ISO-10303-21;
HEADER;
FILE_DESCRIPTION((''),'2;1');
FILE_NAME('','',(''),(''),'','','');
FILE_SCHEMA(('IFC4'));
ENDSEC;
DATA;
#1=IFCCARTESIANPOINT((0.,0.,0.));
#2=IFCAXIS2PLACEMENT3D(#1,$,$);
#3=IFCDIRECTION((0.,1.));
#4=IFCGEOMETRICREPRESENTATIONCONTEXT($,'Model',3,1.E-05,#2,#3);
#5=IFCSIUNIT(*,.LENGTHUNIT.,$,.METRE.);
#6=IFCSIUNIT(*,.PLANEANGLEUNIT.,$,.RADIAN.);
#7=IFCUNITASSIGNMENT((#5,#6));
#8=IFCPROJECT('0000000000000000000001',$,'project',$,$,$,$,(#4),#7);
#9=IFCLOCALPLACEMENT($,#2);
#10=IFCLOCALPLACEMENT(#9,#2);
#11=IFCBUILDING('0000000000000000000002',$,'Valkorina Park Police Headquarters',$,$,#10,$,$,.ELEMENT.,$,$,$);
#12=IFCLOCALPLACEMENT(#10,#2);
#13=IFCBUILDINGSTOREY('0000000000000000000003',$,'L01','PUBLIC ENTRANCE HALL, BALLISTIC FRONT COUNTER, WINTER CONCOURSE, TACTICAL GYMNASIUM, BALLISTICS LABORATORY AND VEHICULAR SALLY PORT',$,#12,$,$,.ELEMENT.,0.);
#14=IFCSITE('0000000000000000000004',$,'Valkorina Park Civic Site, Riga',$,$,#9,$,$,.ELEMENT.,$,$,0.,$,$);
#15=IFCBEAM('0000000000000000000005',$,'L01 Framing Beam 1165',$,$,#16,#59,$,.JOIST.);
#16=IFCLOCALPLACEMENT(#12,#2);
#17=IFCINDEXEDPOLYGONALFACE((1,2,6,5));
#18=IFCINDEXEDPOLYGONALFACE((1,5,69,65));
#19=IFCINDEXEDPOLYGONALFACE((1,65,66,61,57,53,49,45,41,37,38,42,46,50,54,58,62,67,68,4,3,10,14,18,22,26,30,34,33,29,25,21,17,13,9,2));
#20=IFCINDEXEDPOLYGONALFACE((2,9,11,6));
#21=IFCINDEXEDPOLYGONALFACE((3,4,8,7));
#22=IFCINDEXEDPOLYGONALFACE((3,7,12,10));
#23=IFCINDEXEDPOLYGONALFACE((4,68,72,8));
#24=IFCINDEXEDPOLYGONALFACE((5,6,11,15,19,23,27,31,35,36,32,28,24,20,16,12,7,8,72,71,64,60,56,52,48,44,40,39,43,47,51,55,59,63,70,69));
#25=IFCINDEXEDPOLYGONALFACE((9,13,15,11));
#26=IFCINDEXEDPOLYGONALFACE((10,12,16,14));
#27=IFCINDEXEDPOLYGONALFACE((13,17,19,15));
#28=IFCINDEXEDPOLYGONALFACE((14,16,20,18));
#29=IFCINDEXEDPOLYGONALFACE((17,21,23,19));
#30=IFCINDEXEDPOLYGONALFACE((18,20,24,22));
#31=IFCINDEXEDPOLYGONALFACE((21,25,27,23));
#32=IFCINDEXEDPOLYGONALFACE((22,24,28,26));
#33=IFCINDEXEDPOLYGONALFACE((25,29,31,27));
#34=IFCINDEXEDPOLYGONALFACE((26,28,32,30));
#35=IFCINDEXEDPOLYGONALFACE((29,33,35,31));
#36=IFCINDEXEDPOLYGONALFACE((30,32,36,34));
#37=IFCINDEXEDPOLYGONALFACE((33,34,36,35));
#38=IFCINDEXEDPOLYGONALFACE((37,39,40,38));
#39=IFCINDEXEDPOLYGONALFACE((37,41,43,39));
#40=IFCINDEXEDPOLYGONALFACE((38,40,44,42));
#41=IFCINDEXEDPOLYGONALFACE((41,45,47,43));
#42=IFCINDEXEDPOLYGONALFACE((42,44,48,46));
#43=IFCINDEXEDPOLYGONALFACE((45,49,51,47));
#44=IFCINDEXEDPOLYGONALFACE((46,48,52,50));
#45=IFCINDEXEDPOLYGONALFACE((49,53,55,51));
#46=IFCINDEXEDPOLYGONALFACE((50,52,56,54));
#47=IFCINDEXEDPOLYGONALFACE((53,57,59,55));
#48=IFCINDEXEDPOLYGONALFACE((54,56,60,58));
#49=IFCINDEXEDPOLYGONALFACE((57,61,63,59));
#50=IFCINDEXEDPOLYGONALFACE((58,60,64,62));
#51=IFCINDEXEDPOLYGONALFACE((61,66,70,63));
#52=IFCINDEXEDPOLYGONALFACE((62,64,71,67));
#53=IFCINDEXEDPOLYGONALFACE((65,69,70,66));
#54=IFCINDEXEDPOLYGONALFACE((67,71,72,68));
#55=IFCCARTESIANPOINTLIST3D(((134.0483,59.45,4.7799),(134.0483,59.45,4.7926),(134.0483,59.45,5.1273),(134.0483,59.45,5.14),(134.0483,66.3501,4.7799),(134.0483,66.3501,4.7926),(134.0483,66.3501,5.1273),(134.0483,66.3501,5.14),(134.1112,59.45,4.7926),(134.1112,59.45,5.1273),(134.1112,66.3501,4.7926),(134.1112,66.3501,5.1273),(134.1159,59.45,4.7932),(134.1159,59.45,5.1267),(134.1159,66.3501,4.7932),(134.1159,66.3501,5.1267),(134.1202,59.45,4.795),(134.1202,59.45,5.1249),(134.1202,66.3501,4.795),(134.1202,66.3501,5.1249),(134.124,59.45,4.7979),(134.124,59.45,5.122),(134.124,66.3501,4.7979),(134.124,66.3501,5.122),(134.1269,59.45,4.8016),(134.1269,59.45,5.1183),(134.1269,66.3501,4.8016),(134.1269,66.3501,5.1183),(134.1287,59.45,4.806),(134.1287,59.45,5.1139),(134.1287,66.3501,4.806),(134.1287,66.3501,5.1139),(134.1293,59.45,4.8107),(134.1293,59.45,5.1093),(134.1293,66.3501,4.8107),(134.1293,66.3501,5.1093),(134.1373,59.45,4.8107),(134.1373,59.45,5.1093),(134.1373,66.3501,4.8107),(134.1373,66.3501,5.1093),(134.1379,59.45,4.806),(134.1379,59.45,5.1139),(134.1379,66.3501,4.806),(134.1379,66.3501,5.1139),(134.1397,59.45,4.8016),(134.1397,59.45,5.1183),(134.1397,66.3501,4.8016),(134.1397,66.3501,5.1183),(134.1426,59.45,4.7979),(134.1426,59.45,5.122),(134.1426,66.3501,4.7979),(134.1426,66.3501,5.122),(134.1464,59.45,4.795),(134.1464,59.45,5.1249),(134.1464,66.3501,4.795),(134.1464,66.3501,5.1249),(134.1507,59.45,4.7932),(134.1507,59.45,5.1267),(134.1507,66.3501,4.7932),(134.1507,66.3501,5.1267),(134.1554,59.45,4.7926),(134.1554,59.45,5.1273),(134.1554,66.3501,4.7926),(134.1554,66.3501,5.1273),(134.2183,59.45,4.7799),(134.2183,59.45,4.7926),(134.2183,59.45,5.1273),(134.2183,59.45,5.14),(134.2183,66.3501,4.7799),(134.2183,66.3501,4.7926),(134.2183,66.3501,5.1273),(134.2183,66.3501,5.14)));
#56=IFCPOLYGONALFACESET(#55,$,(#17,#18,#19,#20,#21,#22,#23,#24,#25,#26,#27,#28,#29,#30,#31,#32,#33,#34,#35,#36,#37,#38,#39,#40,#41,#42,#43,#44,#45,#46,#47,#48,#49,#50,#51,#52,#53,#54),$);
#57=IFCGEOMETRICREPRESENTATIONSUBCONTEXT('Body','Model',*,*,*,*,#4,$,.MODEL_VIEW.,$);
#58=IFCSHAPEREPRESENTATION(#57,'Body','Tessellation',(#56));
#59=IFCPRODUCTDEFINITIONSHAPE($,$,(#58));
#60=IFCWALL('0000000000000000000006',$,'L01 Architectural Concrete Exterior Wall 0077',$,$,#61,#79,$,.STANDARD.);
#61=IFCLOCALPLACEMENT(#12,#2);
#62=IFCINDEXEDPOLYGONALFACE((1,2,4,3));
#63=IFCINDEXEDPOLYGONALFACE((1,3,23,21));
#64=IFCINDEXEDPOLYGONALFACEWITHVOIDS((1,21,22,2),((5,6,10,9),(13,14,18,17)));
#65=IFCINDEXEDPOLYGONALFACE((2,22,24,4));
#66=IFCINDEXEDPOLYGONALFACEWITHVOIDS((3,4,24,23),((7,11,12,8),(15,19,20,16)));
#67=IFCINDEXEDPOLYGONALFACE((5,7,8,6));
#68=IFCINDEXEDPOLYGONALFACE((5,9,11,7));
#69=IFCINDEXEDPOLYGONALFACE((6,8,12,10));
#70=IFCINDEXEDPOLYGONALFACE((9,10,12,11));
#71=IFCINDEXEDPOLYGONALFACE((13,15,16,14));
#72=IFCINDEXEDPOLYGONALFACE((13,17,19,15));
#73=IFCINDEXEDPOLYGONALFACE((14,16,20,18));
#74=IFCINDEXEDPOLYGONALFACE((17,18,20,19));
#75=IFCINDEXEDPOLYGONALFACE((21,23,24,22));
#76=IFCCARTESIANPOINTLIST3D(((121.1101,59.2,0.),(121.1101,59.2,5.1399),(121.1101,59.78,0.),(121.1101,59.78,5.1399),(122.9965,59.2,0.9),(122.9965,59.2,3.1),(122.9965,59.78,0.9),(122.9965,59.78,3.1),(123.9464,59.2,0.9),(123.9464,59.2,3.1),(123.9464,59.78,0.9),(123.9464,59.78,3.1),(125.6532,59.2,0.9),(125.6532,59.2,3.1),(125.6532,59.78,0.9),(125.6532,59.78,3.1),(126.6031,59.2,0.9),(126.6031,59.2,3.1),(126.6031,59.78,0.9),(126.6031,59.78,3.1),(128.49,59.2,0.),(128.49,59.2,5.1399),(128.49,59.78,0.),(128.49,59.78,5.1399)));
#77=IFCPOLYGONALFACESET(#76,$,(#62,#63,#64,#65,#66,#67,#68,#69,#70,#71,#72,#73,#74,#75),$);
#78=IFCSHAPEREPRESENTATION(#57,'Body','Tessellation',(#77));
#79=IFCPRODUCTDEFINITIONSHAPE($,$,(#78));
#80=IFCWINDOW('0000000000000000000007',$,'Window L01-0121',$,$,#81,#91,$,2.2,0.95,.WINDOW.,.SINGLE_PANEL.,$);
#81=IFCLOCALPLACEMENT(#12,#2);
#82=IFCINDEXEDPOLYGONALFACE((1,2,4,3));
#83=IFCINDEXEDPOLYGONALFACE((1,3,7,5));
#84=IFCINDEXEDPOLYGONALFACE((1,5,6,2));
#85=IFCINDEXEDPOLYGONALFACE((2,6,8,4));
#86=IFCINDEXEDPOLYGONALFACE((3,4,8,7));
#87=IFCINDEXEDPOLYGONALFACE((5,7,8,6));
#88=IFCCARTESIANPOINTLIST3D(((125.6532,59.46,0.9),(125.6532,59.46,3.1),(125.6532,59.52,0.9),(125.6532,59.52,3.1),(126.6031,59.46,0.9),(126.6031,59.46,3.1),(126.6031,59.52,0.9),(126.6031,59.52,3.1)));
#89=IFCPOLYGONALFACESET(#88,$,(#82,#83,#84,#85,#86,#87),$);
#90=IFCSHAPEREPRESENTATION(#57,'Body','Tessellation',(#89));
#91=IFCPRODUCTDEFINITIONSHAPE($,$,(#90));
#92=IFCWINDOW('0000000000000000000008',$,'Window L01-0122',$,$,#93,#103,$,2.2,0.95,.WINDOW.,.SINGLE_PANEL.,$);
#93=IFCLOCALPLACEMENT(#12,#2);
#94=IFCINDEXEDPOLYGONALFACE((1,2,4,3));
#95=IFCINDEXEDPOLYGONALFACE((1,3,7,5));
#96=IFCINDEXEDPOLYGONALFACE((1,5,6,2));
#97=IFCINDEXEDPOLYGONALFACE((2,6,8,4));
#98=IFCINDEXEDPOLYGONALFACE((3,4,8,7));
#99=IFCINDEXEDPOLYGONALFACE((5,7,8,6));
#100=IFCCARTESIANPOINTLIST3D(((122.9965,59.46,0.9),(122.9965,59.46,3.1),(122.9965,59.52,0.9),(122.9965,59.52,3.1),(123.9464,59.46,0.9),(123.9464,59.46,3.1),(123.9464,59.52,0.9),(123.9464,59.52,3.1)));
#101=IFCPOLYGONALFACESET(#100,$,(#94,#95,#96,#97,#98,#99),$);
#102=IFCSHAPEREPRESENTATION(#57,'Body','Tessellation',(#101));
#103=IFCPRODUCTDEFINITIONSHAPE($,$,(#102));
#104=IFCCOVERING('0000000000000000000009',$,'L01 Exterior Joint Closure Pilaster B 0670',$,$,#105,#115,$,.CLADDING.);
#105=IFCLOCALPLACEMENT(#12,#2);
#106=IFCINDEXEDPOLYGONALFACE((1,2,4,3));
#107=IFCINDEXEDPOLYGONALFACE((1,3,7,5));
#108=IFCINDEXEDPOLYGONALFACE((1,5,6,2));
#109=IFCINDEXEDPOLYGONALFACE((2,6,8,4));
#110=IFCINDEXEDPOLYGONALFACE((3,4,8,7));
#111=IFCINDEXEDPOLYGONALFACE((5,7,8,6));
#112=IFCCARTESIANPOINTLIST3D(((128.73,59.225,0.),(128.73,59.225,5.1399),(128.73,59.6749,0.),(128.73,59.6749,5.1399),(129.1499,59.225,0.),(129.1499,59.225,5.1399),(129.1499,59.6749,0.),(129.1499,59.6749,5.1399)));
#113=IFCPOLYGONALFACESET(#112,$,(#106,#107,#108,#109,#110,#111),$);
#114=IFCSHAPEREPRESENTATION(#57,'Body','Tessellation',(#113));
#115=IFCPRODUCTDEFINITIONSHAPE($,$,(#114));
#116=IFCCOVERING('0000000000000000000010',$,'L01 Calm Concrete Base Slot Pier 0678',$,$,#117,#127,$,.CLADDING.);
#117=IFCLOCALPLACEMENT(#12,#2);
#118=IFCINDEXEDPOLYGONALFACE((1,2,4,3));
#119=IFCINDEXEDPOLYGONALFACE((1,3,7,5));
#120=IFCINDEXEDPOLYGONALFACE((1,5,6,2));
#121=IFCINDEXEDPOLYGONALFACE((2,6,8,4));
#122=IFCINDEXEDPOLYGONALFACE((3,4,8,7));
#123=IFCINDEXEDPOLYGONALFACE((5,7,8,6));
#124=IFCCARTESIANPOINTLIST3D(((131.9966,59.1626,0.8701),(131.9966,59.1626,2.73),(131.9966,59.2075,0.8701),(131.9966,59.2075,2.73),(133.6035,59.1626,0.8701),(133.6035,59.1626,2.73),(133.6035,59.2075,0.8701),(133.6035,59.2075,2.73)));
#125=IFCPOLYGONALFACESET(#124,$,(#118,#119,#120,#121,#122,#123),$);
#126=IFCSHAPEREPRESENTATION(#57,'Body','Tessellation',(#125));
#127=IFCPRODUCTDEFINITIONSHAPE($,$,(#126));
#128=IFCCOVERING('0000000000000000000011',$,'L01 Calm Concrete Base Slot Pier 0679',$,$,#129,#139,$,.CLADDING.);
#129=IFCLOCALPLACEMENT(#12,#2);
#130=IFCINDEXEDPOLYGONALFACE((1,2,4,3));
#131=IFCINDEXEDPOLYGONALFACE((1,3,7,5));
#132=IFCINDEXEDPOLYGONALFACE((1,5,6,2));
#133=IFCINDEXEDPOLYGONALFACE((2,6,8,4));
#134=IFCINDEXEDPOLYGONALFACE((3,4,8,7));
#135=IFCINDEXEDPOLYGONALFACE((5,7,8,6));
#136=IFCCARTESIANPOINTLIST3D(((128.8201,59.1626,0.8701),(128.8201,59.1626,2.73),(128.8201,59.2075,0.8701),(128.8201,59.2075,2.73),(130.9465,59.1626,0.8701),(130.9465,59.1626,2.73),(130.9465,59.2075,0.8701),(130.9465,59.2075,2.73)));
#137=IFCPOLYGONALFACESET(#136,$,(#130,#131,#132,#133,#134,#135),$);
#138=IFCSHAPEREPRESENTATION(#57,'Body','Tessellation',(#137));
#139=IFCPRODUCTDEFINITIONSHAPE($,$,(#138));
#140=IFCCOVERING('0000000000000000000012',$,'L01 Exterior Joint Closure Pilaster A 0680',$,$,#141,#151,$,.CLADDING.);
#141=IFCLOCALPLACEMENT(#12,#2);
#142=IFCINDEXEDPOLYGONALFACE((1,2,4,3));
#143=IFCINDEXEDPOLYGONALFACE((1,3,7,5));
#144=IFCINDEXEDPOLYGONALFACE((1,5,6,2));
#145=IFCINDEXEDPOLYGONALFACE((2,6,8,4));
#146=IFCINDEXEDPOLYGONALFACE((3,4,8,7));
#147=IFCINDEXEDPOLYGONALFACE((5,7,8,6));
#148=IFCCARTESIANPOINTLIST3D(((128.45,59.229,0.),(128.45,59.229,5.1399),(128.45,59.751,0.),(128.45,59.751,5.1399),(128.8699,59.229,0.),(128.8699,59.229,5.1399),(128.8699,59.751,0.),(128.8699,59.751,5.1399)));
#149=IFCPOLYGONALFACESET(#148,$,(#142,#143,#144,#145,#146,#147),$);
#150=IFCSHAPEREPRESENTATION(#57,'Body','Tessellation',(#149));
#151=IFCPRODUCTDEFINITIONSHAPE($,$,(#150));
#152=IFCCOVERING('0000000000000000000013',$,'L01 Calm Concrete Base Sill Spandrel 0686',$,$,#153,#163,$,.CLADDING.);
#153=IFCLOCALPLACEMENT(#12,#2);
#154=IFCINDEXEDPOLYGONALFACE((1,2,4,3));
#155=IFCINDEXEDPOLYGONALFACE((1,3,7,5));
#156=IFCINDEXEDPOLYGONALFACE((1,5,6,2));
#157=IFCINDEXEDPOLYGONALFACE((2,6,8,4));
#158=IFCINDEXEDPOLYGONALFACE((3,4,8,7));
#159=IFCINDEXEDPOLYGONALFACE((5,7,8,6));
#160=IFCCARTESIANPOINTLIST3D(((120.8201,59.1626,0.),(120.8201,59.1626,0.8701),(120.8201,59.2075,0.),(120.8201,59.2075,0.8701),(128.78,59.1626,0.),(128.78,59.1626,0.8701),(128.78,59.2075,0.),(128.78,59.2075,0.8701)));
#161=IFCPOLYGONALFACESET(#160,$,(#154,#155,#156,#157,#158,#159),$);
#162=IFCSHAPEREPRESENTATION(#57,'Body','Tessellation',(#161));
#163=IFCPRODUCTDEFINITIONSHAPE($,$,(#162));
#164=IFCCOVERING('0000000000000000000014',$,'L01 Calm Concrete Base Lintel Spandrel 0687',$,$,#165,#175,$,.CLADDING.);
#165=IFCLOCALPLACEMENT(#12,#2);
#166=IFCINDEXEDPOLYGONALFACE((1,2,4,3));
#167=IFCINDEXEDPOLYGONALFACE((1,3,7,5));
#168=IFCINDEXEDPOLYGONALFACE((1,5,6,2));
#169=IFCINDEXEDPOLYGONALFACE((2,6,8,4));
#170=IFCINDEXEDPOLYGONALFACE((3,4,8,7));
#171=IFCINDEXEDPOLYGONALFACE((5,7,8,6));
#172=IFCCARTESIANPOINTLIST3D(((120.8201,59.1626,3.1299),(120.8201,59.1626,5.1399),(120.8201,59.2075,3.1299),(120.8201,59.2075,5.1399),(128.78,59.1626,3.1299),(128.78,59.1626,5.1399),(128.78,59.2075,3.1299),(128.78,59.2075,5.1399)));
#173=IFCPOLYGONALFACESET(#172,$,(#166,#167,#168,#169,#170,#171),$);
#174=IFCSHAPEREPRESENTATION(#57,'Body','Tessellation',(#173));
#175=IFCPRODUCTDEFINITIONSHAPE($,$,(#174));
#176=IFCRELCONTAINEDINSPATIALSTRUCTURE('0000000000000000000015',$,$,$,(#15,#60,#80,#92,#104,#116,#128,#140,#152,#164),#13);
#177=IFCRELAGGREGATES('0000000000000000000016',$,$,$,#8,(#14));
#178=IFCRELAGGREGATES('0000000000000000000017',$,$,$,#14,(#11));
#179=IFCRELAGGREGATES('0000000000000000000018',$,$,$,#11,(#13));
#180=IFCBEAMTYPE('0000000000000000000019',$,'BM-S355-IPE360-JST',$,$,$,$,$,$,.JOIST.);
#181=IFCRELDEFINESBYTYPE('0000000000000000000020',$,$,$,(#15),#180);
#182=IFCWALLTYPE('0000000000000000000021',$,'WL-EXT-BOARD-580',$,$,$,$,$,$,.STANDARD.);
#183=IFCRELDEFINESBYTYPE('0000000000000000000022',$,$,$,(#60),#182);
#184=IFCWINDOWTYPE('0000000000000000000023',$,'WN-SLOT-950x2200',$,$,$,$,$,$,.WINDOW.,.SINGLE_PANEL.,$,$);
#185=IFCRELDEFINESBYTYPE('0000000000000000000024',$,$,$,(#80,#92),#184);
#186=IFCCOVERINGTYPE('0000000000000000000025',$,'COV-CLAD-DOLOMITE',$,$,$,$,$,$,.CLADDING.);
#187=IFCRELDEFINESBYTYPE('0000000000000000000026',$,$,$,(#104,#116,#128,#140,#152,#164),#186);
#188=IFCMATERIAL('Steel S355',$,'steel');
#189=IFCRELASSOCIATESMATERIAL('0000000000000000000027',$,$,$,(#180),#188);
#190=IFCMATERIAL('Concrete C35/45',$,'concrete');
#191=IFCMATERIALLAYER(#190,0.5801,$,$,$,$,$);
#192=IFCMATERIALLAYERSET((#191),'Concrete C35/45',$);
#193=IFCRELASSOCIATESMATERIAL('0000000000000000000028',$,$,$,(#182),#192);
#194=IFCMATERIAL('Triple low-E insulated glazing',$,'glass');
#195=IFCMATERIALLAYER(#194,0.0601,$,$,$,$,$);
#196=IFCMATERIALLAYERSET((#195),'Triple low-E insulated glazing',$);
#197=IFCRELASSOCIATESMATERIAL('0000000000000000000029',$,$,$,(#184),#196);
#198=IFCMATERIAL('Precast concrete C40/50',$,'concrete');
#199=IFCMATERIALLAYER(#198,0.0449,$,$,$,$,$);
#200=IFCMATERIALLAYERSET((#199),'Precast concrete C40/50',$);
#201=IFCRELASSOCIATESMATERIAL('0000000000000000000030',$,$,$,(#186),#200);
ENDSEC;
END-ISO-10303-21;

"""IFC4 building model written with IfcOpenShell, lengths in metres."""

from ifc_helpers import new_model, si_unit, direction, frame, frame_2d, origin, origin_2d, place, context, subcontext, project, spatial, rectangle, i_section, extrude, material, layer, layer_set, material_profile, profile_set, type_object, element, fill, save


model = new_model("IFC4")

# Units and contexts
model_context = context("Model", 3, precision=1e-05, world=origin(), true_north=direction((0.0, 1.0)))
body_context = subcontext(model_context, "Body", "Model", "MODEL_VIEW")
ifc_project = project(units=[si_unit("LENGTHUNIT", "METRE"), si_unit("PLANEANGLEUNIT", "RADIAN")], contexts=[model_context])

# Site, building, storey
site_placement = place(None, origin())
site = spatial("IfcSite", under=ifc_project, at=site_placement, Name="Valkorina Park Civic Site, Riga", CompositionType="ELEMENT", RefElevation=0.0)
building_placement = place(site_placement, origin())
building = spatial("IfcBuilding", under=site, at=building_placement, Name="Valkorina Park Police Headquarters", CompositionType="ELEMENT")
storey_placement = place(building_placement, origin())
storey = spatial("IfcBuildingStorey", under=building, at=storey_placement, Name="L01", Description="PUBLIC ENTRANCE HALL, BALLISTIC FRONT COUNTER, WINTER CONCOURSE, TACTICAL GYMNASIUM, BALLISTICS LABORATORY AND VEHICULAR SALLY PORT", CompositionType="ELEMENT", Elevation=0.0)

# Beam
ifc_material_1 = material(Name="Steel S355", Category="steel")
ifc_material_profile_1 = material_profile(ifc_material_1, i_section(OverallWidth=0.1699, OverallDepth=0.3601, WebThickness=0.0081, FlangeThickness=0.0127, FilletRadius=0.0181, at=origin_2d()), Name="IPE 360")
ifc_profile_set_1 = profile_set([ifc_material_profile_1], Name="Steel S355")
beam_type_1 = type_object("IfcBeamType", Name="BM-S355-IPE360-JST", PredefinedType="JOIST", material=ifc_profile_set_1)
for number, where, z_axis, x_axis, name in (
    (1, (134.1333, 59.45, 4.96), (0.0, 1.0, 0.0), (-1.0, 0.0, 0.0), "L01 Framing Beam 1165"),
):
    element("IfcBeam", number, at=place(storey_placement, frame(where, z_axis=z_axis, x_axis=x_axis)), inside=storey, type_object=beam_type_1, Name=name, PredefinedType="JOIST", context=body_context, shape_type="SweptSolid", body=[
        extrude(i_section(OverallWidth=0.1699, OverallDepth=0.3601, WebThickness=0.0081, FlangeThickness=0.0127, FilletRadius=0.0181, at=origin_2d()), origin(), (0.0, 0.0, 1.0), 6.9001),
    ])

# Wall, openings, windows
ifc_material_2 = material(Name="Concrete C35/45", Category="concrete")
ifc_layer_1 = layer(ifc_material_2, 0.5801)
ifc_layer_set_1 = layer_set([ifc_layer_1], Name="Concrete C35/45")
wall_type = type_object("IfcWallType", Name="WL-EXT-BOARD-580", PredefinedType="STANDARD", material=ifc_layer_set_1)
wall_placement = place(storey_placement, frame((128.49, 59.49, 0.0), z_axis=(0.0, 0.0, 1.0), x_axis=(-1.0, 0.0, 0.0)))
wall = element("IfcWall", 2, at=wall_placement, inside=storey, type_object=wall_type, Name="L01 Architectural Concrete Exterior Wall 0077", PredefinedType="STANDARD", context=body_context, shape_type="SweptSolid", body=[
    extrude(rectangle(XDim=7.3799, YDim=0.5801, at=frame_2d((3.6899, 0.0))), origin(), (0.0, 0.0, 1.0), 5.1399),
])
opening_1_placement = place(wall_placement, frame((1.8867, 0.0, 0.8999)))
opening_1 = element("IfcOpeningElement", 3, at=opening_1_placement, cuts=wall, PredefinedType="OPENING", context=body_context, shape_type="SweptSolid", body=[
    extrude(rectangle(XDim=0.95, YDim=2.2, at=frame_2d((0.4751, 1.1001))), frame((0.0, 0.3, 0.0), z_axis=(0.0, -1.0, 0.0), x_axis=(1.0, 0.0, 0.0)), (0.0, 0.0, 1.0), 0.6001),
])
opening_2_placement = place(wall_placement, frame((4.5435, 0.0, 0.8999)))
opening_2 = element("IfcOpeningElement", 4, at=opening_2_placement, cuts=wall, PredefinedType="OPENING", context=body_context, shape_type="SweptSolid", body=[
    extrude(rectangle(XDim=0.95, YDim=2.2, at=frame_2d((0.4751, 1.1001))), frame((0.0, 0.3, 0.0), z_axis=(0.0, -1.0, 0.0), x_axis=(1.0, 0.0, 0.0)), (0.0, 0.0, 1.0), 0.6001),
])
ifc_material_3 = material(Name="Triple low-E insulated glazing", Category="glass")
ifc_layer_2 = layer(ifc_material_3, 0.0601)
ifc_layer_set_2 = layer_set([ifc_layer_2], Name="Triple low-E insulated glazing")
window_type = type_object("IfcWindowType", Name="WN-SLOT-950x2200", PartitioningType="SINGLE_PANEL", PredefinedType="WINDOW", material=ifc_layer_set_2)
window_1_placement = place(opening_1_placement, origin())
window_1 = element("IfcWindow", 5, at=window_1_placement, inside=storey, type_object=window_type, Name="Window L01-0121", OverallHeight=2.2, OverallWidth=0.95, PartitioningType="SINGLE_PANEL", PredefinedType="WINDOW", context=body_context, shape_type="SweptSolid", body=[
    extrude(rectangle(XDim=0.95, YDim=2.2, at=frame_2d((0.4751, 1.1001))), frame((0.0, 0.03, 0.0), z_axis=(0.0, -1.0, 0.0), x_axis=(1.0, 0.0, 0.0)), (0.0, 0.0, 1.0), 0.0601),
])
fill(opening_1, window_1)
window_2_placement = place(opening_2_placement, origin())
window_2 = element("IfcWindow", 6, at=window_2_placement, inside=storey, type_object=window_type, Name="Window L01-0122", OverallHeight=2.2, OverallWidth=0.95, PartitioningType="SINGLE_PANEL", PredefinedType="WINDOW", context=body_context, shape_type="SweptSolid", body=[
    extrude(rectangle(XDim=0.95, YDim=2.2, at=frame_2d((0.4751, 1.1001))), frame((0.0, 0.03, 0.0), z_axis=(0.0, -1.0, 0.0), x_axis=(1.0, 0.0, 0.0)), (0.0, 0.0, 1.0), 0.0601),
])
fill(opening_2, window_2)

# Coverings
ifc_material_4 = material(Name="Precast concrete C40/50", Category="concrete")
ifc_layer_3 = layer(ifc_material_4, 0.0449)
ifc_layer_set_3 = layer_set([ifc_layer_3], Name="Precast concrete C40/50")
covering_type = type_object("IfcCoveringType", Name="COV-CLAD-DOLOMITE", PredefinedType="CLADDING", material=ifc_layer_set_3)
covering_1_placement = place(storey_placement, frame((128.9399, 59.45, 0.0), z_axis=(0.0, 0.0, 1.0), x_axis=(1.0, 0.0, 0.0)))
element("IfcCovering", 7, at=covering_1_placement, inside=storey, type_object=covering_type, Name="L01 Exterior Joint Closure Pilaster B 0670", PredefinedType="CLADDING", context=body_context, shape_type="SweptSolid", body=[
    extrude(rectangle(XDim=0.4199, YDim=0.45, at=origin_2d()), origin(), (0.0, 0.0, 1.0), 5.1399),
])
covering_2_placement = place(storey_placement, frame((133.6035, 59.1851, 0.8701), z_axis=(0.0, 0.0, 1.0), x_axis=(-1.0, 0.0, 0.0)))
element("IfcCovering", 8, at=covering_2_placement, inside=storey, type_object=covering_type, Name="L01 Calm Concrete Base Slot Pier 0678", PredefinedType="CLADDING", context=body_context, shape_type="SweptSolid", body=[
    extrude(rectangle(XDim=1.6069, YDim=0.0449, at=frame_2d((0.8035, 0.0))), origin(), (0.0, 0.0, 1.0), 1.8599),
])
covering_3_placement = place(storey_placement, frame((130.9465, 59.1851, 0.8701), z_axis=(0.0, 0.0, 1.0), x_axis=(-1.0, 0.0, 0.0)))
element("IfcCovering", 9, at=covering_3_placement, inside=storey, type_object=covering_type, Name="L01 Calm Concrete Base Slot Pier 0679", PredefinedType="CLADDING", context=body_context, shape_type="SweptSolid", body=[
    extrude(rectangle(XDim=2.1265, YDim=0.0449, at=frame_2d((1.0632, 0.0))), origin(), (0.0, 0.0, 1.0), 1.8599),
])
covering_4_placement = place(storey_placement, frame((128.6599, 59.49, 0.0), z_axis=(0.0, 0.0, 1.0), x_axis=(1.0, 0.0, 0.0)))
element("IfcCovering", 10, at=covering_4_placement, inside=storey, type_object=covering_type, Name="L01 Exterior Joint Closure Pilaster A 0680", PredefinedType="CLADDING", context=body_context, shape_type="SweptSolid", body=[
    extrude(rectangle(XDim=0.4199, YDim=0.522, at=origin_2d()), origin(), (0.0, 0.0, 1.0), 5.1399),
])
covering_5_placement = place(storey_placement, frame((128.78, 59.1851, 0.0), z_axis=(0.0, 0.0, 1.0), x_axis=(-1.0, 0.0, 0.0)))
element("IfcCovering", 11, at=covering_5_placement, inside=storey, type_object=covering_type, Name="L01 Calm Concrete Base Sill Spandrel 0686", PredefinedType="CLADDING", context=body_context, shape_type="SweptSolid", body=[
    extrude(rectangle(XDim=7.96, YDim=0.0449, at=frame_2d((3.98, 0.0))), origin(), (0.0, 0.0, 1.0), 0.8701),
])
covering_6_placement = place(storey_placement, frame((128.78, 59.1851, 3.1299), z_axis=(0.0, 0.0, 1.0), x_axis=(-1.0, 0.0, 0.0)))
element("IfcCovering", 12, at=covering_6_placement, inside=storey, type_object=covering_type, Name="L01 Calm Concrete Base Lintel Spandrel 0687", PredefinedType="CLADDING", context=body_context, shape_type="SweptSolid", body=[
    extrude(rectangle(XDim=7.96, YDim=0.0449, at=frame_2d((3.98, 0.0))), origin(), (0.0, 0.0, 1.0), 2.01),
])

save(model, "model.ifc")
